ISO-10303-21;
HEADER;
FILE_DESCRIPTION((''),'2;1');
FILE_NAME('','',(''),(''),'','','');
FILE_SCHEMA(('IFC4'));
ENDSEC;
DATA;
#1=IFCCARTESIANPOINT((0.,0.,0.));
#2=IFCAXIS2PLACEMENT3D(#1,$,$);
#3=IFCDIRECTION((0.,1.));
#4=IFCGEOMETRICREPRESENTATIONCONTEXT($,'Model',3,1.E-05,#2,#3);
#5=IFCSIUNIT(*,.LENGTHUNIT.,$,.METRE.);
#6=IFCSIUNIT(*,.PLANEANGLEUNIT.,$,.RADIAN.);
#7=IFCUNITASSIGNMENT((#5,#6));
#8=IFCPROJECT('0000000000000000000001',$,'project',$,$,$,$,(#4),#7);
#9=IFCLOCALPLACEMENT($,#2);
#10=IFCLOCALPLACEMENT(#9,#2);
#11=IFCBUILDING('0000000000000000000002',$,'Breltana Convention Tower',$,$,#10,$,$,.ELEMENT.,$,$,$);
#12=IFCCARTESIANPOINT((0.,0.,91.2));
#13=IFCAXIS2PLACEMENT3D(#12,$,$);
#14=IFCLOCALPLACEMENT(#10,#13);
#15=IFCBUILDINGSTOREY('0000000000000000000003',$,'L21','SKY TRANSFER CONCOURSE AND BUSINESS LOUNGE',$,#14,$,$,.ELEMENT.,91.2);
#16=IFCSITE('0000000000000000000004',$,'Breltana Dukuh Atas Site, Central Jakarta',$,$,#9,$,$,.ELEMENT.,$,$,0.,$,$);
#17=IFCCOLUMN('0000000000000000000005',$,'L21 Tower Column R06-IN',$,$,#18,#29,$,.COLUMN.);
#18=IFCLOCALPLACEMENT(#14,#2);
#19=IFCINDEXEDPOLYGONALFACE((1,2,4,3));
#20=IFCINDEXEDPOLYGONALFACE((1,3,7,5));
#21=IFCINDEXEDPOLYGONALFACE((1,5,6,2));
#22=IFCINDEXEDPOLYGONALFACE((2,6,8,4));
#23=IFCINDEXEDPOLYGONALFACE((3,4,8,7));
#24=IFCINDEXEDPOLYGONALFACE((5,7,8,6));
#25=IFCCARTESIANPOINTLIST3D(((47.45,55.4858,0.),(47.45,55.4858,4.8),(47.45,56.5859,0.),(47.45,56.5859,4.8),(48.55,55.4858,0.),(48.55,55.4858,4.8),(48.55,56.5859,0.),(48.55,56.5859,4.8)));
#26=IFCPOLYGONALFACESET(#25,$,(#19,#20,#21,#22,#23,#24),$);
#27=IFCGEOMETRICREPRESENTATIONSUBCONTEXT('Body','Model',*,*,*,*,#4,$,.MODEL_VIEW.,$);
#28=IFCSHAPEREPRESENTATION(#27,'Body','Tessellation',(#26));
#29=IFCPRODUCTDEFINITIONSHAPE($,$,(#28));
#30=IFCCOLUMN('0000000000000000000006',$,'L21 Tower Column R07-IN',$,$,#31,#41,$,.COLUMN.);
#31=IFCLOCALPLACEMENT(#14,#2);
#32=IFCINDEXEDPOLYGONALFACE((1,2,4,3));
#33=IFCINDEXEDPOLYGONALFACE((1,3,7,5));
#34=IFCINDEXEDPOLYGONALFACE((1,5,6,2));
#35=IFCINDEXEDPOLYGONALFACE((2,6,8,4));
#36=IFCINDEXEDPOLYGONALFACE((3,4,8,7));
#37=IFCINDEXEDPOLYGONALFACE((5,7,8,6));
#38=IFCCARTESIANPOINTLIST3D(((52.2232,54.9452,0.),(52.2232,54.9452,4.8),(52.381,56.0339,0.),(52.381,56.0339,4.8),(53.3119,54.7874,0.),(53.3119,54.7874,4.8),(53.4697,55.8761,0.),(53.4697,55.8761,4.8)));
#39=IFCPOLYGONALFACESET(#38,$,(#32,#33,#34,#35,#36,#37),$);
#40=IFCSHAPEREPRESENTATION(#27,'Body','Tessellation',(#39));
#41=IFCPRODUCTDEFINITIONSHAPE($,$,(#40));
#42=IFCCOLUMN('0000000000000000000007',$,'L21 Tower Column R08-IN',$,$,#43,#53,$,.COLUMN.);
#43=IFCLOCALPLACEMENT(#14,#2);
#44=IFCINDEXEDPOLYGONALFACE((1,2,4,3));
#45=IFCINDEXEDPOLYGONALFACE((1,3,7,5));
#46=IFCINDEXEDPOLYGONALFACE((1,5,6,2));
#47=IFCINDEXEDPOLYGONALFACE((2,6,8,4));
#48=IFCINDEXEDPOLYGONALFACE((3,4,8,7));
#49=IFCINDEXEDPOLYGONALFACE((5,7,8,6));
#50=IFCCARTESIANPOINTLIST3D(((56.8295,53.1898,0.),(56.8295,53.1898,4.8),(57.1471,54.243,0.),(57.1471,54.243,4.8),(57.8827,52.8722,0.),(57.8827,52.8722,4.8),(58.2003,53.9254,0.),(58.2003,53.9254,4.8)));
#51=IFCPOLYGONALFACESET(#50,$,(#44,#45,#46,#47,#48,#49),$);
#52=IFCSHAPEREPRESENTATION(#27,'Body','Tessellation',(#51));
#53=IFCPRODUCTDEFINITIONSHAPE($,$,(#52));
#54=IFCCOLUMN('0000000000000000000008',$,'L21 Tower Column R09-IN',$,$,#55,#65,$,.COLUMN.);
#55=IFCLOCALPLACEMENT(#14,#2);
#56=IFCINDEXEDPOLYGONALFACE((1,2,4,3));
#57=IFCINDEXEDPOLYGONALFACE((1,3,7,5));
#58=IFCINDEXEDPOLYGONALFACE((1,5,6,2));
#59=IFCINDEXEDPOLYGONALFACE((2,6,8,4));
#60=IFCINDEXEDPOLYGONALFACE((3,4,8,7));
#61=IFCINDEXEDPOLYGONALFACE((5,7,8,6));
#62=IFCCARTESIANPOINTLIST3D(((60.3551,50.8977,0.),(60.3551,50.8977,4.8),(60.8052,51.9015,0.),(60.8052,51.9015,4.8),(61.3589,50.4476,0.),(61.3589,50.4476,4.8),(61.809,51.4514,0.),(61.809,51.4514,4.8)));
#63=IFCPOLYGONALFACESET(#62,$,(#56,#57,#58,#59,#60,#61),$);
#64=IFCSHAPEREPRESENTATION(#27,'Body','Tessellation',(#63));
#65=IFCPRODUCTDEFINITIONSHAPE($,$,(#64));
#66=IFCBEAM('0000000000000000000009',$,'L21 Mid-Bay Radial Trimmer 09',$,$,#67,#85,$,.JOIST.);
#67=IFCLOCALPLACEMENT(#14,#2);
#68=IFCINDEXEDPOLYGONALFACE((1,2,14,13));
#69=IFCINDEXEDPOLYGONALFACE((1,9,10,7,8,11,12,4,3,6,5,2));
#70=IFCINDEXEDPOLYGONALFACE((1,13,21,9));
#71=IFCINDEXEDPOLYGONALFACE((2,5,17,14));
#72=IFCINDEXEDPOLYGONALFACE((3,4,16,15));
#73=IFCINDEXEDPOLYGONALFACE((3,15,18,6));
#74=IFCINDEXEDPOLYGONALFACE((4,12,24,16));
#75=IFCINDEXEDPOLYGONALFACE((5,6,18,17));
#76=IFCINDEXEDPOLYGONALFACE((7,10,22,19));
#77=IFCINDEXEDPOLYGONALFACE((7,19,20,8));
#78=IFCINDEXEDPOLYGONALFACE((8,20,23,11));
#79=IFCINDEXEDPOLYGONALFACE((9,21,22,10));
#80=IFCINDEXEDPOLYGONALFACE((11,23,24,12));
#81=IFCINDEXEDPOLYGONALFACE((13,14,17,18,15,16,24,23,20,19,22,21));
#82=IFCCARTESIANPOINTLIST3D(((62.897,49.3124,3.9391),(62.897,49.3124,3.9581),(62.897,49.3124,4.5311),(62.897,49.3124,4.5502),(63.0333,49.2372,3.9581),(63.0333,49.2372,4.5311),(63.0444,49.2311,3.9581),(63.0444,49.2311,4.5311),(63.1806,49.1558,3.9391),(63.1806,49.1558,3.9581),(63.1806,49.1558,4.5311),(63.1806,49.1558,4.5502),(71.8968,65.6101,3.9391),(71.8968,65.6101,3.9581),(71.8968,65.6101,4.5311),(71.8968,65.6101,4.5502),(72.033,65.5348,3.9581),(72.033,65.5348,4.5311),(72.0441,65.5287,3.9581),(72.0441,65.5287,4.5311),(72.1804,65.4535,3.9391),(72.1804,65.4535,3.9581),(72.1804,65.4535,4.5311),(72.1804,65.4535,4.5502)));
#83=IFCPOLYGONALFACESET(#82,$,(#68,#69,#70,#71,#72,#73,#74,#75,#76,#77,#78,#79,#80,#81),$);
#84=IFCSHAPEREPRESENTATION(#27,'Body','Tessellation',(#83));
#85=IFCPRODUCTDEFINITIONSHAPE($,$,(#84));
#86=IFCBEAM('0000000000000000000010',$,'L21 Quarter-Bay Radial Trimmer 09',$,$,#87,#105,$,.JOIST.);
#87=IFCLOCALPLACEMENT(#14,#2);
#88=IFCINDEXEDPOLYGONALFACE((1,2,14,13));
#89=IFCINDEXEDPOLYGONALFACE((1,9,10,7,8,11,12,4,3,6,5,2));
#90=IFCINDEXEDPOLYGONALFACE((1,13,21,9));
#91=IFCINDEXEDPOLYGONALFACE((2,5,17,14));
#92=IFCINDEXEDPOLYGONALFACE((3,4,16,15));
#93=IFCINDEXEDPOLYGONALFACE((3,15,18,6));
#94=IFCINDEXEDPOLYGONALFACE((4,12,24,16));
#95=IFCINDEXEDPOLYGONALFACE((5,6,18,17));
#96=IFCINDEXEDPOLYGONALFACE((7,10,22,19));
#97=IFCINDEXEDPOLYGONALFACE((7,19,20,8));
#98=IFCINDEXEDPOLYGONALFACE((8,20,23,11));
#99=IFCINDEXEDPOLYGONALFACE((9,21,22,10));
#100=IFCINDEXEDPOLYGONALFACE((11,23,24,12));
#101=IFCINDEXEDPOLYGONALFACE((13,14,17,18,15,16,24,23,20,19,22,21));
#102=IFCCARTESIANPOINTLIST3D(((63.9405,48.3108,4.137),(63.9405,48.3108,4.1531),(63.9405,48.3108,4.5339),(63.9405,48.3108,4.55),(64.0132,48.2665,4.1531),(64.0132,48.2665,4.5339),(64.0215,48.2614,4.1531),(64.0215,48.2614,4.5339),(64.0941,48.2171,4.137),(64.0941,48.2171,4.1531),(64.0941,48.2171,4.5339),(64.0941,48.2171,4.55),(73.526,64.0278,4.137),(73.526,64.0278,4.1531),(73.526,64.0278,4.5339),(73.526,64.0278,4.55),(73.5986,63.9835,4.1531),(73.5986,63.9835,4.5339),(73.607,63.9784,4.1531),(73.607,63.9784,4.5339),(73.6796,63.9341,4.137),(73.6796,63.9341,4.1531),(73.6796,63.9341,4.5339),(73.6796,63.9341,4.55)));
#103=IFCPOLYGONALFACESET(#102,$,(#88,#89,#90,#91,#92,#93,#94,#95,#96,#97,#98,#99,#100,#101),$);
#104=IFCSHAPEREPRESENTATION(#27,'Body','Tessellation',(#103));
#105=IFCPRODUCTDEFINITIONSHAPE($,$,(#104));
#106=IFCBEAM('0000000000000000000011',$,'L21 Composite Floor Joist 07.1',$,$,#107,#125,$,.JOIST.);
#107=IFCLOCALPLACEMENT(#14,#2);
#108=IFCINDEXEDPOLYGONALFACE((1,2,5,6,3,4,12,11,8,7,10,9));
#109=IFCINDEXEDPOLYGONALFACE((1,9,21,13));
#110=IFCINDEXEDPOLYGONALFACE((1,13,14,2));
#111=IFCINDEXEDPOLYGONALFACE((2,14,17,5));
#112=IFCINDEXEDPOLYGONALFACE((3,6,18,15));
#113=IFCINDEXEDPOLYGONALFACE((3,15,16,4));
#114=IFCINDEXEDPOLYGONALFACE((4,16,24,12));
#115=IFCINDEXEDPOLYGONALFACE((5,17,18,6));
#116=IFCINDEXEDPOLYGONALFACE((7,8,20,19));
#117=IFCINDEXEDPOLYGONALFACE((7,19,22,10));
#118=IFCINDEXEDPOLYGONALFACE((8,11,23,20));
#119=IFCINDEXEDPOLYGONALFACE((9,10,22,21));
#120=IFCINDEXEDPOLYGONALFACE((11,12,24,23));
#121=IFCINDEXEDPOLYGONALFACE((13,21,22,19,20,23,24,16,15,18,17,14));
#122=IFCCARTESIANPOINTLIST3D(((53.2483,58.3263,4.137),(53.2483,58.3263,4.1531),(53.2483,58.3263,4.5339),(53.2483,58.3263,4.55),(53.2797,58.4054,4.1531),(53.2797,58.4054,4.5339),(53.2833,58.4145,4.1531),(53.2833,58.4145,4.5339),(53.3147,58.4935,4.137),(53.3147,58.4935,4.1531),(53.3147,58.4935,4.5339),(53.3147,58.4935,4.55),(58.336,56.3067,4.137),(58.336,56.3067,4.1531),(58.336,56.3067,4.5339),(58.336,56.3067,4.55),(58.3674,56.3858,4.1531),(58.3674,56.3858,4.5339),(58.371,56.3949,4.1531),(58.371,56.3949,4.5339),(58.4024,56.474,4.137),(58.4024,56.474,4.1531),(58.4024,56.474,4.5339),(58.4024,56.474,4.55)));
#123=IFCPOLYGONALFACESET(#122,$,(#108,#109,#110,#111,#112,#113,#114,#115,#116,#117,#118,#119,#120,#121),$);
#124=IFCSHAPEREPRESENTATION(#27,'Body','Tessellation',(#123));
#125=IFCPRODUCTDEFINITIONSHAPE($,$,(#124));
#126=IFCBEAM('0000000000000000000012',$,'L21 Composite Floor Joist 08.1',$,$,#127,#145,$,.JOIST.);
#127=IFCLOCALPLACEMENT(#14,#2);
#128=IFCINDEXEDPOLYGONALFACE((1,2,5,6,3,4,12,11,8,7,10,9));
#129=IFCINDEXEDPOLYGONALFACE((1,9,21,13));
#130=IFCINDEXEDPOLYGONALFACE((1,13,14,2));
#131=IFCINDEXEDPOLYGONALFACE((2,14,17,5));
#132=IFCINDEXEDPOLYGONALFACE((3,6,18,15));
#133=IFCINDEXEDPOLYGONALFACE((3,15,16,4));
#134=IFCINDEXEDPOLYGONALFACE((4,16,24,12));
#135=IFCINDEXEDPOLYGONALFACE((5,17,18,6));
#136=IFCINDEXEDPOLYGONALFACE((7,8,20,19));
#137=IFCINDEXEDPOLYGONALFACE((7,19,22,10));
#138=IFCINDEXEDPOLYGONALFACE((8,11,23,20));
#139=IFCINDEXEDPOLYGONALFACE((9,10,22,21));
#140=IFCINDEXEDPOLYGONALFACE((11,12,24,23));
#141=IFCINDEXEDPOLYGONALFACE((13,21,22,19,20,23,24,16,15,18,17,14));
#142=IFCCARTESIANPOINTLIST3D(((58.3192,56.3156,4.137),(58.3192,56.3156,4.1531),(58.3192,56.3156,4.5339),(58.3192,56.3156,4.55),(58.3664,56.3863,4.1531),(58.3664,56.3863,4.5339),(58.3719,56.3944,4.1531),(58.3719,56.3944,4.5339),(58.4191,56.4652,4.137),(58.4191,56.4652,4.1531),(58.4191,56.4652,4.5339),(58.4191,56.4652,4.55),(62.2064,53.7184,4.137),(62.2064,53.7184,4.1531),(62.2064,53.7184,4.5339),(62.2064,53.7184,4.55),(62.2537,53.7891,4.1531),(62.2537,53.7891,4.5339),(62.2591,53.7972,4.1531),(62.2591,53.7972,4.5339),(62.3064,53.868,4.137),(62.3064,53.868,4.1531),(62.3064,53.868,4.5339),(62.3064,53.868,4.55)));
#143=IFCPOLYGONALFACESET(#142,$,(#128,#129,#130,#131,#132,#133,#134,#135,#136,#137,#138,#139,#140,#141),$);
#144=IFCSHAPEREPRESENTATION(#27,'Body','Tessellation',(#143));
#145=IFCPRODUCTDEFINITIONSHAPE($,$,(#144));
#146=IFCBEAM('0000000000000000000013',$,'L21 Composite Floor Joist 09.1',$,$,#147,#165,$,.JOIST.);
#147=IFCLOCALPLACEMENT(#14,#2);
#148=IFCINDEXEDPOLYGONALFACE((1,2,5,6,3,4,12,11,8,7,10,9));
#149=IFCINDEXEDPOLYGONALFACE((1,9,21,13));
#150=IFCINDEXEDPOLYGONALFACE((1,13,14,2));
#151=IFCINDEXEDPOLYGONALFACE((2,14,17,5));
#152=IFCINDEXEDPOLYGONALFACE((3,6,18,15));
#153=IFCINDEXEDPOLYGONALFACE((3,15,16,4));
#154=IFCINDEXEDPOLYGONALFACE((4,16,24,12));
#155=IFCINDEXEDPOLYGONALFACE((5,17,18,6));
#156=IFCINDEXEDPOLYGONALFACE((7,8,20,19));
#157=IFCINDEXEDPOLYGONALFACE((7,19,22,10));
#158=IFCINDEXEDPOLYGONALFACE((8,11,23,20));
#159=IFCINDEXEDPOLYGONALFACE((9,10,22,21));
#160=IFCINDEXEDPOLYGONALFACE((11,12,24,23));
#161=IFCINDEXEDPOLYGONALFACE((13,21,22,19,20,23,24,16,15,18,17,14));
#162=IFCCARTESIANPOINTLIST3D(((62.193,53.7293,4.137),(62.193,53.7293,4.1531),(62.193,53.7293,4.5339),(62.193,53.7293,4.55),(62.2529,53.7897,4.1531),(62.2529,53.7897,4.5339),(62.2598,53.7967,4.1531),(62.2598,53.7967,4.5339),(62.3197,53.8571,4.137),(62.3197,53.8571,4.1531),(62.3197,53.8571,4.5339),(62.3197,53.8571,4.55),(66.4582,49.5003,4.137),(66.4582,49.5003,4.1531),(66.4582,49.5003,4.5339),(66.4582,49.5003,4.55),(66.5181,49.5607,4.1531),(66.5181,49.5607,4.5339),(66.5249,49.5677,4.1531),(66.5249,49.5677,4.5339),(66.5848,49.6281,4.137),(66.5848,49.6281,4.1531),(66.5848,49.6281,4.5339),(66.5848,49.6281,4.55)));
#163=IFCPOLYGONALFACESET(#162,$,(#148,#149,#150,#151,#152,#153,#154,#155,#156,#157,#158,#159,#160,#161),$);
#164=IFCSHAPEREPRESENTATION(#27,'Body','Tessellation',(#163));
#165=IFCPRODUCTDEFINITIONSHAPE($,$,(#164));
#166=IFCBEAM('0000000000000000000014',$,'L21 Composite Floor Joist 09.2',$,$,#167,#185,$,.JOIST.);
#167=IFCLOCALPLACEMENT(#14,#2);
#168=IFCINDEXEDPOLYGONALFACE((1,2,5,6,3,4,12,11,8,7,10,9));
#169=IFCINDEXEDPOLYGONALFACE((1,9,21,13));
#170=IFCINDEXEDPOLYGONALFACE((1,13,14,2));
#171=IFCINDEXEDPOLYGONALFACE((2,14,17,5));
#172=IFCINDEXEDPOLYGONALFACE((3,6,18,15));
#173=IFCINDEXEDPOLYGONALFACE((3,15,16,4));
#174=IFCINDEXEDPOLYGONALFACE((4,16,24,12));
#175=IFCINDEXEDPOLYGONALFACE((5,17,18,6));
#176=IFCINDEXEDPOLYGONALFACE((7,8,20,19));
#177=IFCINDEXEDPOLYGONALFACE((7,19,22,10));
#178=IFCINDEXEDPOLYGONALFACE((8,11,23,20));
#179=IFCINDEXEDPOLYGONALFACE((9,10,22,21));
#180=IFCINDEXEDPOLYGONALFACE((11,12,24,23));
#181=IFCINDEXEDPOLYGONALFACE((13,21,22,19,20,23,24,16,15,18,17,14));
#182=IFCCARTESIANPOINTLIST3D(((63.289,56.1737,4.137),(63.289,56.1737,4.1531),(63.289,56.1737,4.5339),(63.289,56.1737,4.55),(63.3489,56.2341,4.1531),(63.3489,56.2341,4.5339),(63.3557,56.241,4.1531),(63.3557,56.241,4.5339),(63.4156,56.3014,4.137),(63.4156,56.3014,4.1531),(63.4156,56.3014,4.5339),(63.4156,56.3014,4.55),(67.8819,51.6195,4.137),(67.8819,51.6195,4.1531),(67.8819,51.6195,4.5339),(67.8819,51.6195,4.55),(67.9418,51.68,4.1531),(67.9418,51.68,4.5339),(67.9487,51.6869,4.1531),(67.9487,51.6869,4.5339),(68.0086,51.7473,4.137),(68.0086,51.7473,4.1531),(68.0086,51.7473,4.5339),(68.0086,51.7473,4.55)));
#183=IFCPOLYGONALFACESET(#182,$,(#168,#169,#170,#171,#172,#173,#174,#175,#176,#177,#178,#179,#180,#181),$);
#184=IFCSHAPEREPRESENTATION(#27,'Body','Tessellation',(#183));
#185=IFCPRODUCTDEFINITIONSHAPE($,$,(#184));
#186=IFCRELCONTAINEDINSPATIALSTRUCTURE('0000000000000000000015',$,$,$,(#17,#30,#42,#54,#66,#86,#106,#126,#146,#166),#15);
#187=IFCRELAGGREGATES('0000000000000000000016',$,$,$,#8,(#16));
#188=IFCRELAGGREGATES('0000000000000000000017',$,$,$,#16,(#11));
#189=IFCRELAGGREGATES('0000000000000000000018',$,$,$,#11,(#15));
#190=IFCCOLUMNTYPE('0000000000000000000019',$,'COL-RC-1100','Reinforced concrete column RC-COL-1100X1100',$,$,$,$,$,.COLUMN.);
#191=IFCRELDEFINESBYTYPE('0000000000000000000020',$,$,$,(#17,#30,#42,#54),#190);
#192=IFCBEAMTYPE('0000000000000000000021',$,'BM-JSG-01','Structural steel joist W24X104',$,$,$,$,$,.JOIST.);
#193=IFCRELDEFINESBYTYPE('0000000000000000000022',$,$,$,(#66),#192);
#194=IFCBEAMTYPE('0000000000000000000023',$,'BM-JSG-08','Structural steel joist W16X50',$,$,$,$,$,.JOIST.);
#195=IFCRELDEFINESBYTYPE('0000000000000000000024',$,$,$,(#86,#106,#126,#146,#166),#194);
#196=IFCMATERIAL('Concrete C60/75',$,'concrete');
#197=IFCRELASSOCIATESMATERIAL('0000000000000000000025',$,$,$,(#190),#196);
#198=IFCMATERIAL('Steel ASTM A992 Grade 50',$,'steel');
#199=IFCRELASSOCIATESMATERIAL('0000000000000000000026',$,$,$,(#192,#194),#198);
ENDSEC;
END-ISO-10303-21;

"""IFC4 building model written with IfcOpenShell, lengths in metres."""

from ifc_helpers import new_model, si_unit, direction, frame, origin, origin_2d, place, context, subcontext, project, spatial, rectangle, i_section, extrude, source, transform, mapped, material, material_profile, profile_set, type_object, element, save


model = new_model("IFC4")

# Units and contexts
model_context = context("Model", 3, precision=1e-05, world=origin(), true_north=direction((0.0, 1.0)))
body_context = subcontext(model_context, "Body", "Model", "MODEL_VIEW")
ifc_project = project(units=[si_unit("LENGTHUNIT", "METRE"), si_unit("PLANEANGLEUNIT", "RADIAN")], contexts=[model_context])

# Site, building, storey
site_placement = place(None, origin())
site = spatial("IfcSite", under=ifc_project, at=site_placement, Name="Breltana Dukuh Atas Site, Central Jakarta", CompositionType="ELEMENT", RefElevation=0.0)
building_placement = place(site_placement, origin())
building = spatial("IfcBuilding", under=site, at=building_placement, Name="Breltana Convention Tower", CompositionType="ELEMENT")
storey_placement = place(building_placement, frame((0.0, 0.0, 91.2)))
storey = spatial("IfcBuildingStorey", under=building, at=storey_placement, Name="L21", Description="SKY TRANSFER CONCOURSE AND BUSINESS LOUNGE", CompositionType="ELEMENT", Elevation=91.2)

# Columns
ifc_material_1 = material(Name="Concrete C60/75", Category="concrete")
ifc_material_profile_1 = material_profile(ifc_material_1, rectangle(XDim=1.1001, YDim=1.1001, at=origin_2d()), Name="RC-COL-1100X1100")
ifc_profile_set_1 = profile_set([ifc_material_profile_1], Name="Concrete C60/75")
column_type = type_object("IfcColumnType", Name="COL-RC-1100", Description="Reinforced concrete column RC-COL-1100X1100", PredefinedType="COLUMN", material=ifc_profile_set_1)
shared_shape_1 = source(origin(), body_context, "Body", "SweptSolid", [
    extrude(rectangle(XDim=1.1001, YDim=1.1001, at=origin_2d()), origin(), (0.0, 0.0, 1.0), 4.8),
])
for number, where, z_axis, x_axis, name in (
    (1, (48.0, 56.0359, 0.0), (0.0, 0.0, 1.0), (0.0, 1.0, 0.0), "L21 Tower Column R06-IN"),
    (2, (52.8464, 55.4106, 0.0), (0.0, 0.0, 1.0), (0.143493, 0.989651, 0.0), "L21 Tower Column R07-IN"),
    (3, (57.5149, 53.5576, 0.0), (0.0, 0.0, 1.0), (0.288698, 0.95742, 0.0), "L21 Tower Column R08-IN"),
    (4, (61.082, 51.1746, 0.0), (0.0, 0.0, 1.0), (0.409127, 0.912477, 0.0), "L21 Tower Column R09-IN"),
):
    element("IfcColumn", number, at=place(storey_placement, frame(where, z_axis=z_axis, x_axis=x_axis)), inside=storey, type_object=column_type, Name=name, PredefinedType="COLUMN", context=body_context, shape_type="MappedRepresentation", body=[
        mapped(shared_shape_1, transform((0.0, 0.0, 0.0), scale=1.0)),
    ])

# Beams
ifc_material_2 = material(Name="Steel ASTM A992 Grade 50", Category="steel")
ifc_material_profile_2 = material_profile(ifc_material_2, i_section(OverallWidth=0.324, OverallDepth=0.6111, WebThickness=0.0127, FlangeThickness=0.019, at=origin_2d()), Name="W24X104")
ifc_profile_set_2 = profile_set([ifc_material_profile_2], Name="Steel ASTM A992 Grade 50")
beam_type_1 = type_object("IfcBeamType", Name="BM-JSG-01", Description="Structural steel joist W24X104", PredefinedType="JOIST", material=ifc_profile_set_2)
shared_shape_2 = source(origin(), body_context, "Body", "SweptSolid", [
    extrude(i_section(OverallWidth=0.324, OverallDepth=0.6111, WebThickness=0.0127, FlangeThickness=0.019, at=origin_2d()), origin(), (0.0, 0.0, 1.0), 18.6174),
])
beam_1_placement = place(storey_placement, frame((63.0388, 49.2341, 4.2446), z_axis=(0.483406, 0.875396, 0.0), x_axis=(-0.875396, 0.483406, 0.0)))
element("IfcBeam", 5, at=beam_1_placement, inside=storey, type_object=beam_type_1, Name="L21 Mid-Bay Radial Trimmer 09", PredefinedType="JOIST", context=body_context, shape_type="MappedRepresentation", body=[
    mapped(shared_shape_2, transform((0.0, 0.0, 0.0), scale=1.0)),
])
ifc_material_profile_3 = material_profile(ifc_material_2, i_section(OverallWidth=0.1799, OverallDepth=0.4131, WebThickness=0.0098, FlangeThickness=0.0161, at=origin_2d()), Name="W16X50")
ifc_profile_set_3 = profile_set([ifc_material_profile_3], Name="Steel ASTM A992 Grade 50")
beam_type_2 = type_object("IfcBeamType", Name="BM-JSG-08", Description="Structural steel joist W16X50", PredefinedType="JOIST", material=ifc_profile_set_3)
shared_shape_3 = source(origin(), body_context, "Body", "SweptSolid", [
    extrude(i_section(OverallWidth=0.1799, OverallDepth=0.4131, WebThickness=0.0098, FlangeThickness=0.0161, at=origin_2d()), origin(), (0.0, 0.0, 1.0), 18.4094),
])
beam_2_placement = place(storey_placement, frame((64.0173, 48.2639, 4.3435), z_axis=(0.520682, 0.853751, 0.0), x_axis=(-0.853751, 0.520682, 0.0)))
element("IfcBeam", 6, at=beam_2_placement, inside=storey, type_object=beam_type_2, Name="L21 Quarter-Bay Radial Trimmer 09", PredefinedType="JOIST", context=body_context, shape_type="MappedRepresentation", body=[
    mapped(shared_shape_3, transform((0.0, 0.0, 0.0), scale=1.0)),
])
shared_shape_4 = source(origin(), body_context, "Body", "SweptSolid", [
    extrude(i_section(OverallWidth=0.1799, OverallDepth=0.4131, WebThickness=0.0098, FlangeThickness=0.0161, at=origin_2d()), origin(), (0.0, 0.0, 1.0), 5.4739),
])
beam_3_placement = place(storey_placement, frame((53.2815, 58.4099, 4.3435), z_axis=(0.929452, -0.368944, 0.0), x_axis=(0.368944, 0.929452, 0.0)))
element("IfcBeam", 7, at=beam_3_placement, inside=storey, type_object=beam_type_2, Name="L21 Composite Floor Joist 07.1", PredefinedType="JOIST", context=body_context, shape_type="MappedRepresentation", body=[
    mapped(shared_shape_4, transform((0.0, 0.0, 0.0), scale=1.0)),
])
shared_shape_5 = source(origin(), body_context, "Body", "SweptSolid", [
    extrude(i_section(OverallWidth=0.1799, OverallDepth=0.4131, WebThickness=0.0098, FlangeThickness=0.0161, at=origin_2d()), origin(), (0.0, 0.0, 1.0), 4.675),
])
beam_4_placement = place(storey_placement, frame((58.3691, 56.3904, 4.3435), z_axis=(0.831487, -0.555544, 0.0), x_axis=(0.555544, 0.831487, 0.0)))
element("IfcBeam", 8, at=beam_4_placement, inside=storey, type_object=beam_type_2, Name="L21 Composite Floor Joist 08.1", PredefinedType="JOIST", context=body_context, shape_type="MappedRepresentation", body=[
    mapped(shared_shape_5, transform((0.0, 0.0, 0.0), scale=1.0)),
])
shared_shape_6 = source(origin(), body_context, "Body", "SweptSolid", [
    extrude(i_section(OverallWidth=0.1799, OverallDepth=0.4131, WebThickness=0.0098, FlangeThickness=0.0161, at=origin_2d()), origin(), (0.0, 0.0, 1.0), 6.0063),
])
beam_5_placement = place(storey_placement, frame((62.2563, 53.7932, 4.3435), z_axis=(0.710108, -0.704092, 0.0), x_axis=(0.704092, 0.710108, 0.0)))
element("IfcBeam", 9, at=beam_5_placement, inside=storey, type_object=beam_type_2, Name="L21 Composite Floor Joist 09.1", PredefinedType="JOIST", context=body_context, shape_type="MappedRepresentation", body=[
    mapped(shared_shape_6, transform((0.0, 0.0, 0.0), scale=1.0)),
])
shared_shape_7 = source(origin(), body_context, "Body", "SweptSolid", [
    extrude(i_section(OverallWidth=0.1799, OverallDepth=0.4131, WebThickness=0.0098, FlangeThickness=0.0161, at=origin_2d()), origin(), (0.0, 0.0, 1.0), 6.468),
])
beam_6_placement = place(storey_placement, frame((63.3523, 56.2375, 4.3435), z_axis=(0.710101, -0.7041, 0.0), x_axis=(0.7041, 0.710101, 0.0)))
element("IfcBeam", 10, at=beam_6_placement, inside=storey, type_object=beam_type_2, Name="L21 Composite Floor Joist 09.2", PredefinedType="JOIST", context=body_context, shape_type="MappedRepresentation", body=[
    mapped(shared_shape_7, transform((0.0, 0.0, 0.0), scale=1.0)),
])

save(model, "model.ifc")
